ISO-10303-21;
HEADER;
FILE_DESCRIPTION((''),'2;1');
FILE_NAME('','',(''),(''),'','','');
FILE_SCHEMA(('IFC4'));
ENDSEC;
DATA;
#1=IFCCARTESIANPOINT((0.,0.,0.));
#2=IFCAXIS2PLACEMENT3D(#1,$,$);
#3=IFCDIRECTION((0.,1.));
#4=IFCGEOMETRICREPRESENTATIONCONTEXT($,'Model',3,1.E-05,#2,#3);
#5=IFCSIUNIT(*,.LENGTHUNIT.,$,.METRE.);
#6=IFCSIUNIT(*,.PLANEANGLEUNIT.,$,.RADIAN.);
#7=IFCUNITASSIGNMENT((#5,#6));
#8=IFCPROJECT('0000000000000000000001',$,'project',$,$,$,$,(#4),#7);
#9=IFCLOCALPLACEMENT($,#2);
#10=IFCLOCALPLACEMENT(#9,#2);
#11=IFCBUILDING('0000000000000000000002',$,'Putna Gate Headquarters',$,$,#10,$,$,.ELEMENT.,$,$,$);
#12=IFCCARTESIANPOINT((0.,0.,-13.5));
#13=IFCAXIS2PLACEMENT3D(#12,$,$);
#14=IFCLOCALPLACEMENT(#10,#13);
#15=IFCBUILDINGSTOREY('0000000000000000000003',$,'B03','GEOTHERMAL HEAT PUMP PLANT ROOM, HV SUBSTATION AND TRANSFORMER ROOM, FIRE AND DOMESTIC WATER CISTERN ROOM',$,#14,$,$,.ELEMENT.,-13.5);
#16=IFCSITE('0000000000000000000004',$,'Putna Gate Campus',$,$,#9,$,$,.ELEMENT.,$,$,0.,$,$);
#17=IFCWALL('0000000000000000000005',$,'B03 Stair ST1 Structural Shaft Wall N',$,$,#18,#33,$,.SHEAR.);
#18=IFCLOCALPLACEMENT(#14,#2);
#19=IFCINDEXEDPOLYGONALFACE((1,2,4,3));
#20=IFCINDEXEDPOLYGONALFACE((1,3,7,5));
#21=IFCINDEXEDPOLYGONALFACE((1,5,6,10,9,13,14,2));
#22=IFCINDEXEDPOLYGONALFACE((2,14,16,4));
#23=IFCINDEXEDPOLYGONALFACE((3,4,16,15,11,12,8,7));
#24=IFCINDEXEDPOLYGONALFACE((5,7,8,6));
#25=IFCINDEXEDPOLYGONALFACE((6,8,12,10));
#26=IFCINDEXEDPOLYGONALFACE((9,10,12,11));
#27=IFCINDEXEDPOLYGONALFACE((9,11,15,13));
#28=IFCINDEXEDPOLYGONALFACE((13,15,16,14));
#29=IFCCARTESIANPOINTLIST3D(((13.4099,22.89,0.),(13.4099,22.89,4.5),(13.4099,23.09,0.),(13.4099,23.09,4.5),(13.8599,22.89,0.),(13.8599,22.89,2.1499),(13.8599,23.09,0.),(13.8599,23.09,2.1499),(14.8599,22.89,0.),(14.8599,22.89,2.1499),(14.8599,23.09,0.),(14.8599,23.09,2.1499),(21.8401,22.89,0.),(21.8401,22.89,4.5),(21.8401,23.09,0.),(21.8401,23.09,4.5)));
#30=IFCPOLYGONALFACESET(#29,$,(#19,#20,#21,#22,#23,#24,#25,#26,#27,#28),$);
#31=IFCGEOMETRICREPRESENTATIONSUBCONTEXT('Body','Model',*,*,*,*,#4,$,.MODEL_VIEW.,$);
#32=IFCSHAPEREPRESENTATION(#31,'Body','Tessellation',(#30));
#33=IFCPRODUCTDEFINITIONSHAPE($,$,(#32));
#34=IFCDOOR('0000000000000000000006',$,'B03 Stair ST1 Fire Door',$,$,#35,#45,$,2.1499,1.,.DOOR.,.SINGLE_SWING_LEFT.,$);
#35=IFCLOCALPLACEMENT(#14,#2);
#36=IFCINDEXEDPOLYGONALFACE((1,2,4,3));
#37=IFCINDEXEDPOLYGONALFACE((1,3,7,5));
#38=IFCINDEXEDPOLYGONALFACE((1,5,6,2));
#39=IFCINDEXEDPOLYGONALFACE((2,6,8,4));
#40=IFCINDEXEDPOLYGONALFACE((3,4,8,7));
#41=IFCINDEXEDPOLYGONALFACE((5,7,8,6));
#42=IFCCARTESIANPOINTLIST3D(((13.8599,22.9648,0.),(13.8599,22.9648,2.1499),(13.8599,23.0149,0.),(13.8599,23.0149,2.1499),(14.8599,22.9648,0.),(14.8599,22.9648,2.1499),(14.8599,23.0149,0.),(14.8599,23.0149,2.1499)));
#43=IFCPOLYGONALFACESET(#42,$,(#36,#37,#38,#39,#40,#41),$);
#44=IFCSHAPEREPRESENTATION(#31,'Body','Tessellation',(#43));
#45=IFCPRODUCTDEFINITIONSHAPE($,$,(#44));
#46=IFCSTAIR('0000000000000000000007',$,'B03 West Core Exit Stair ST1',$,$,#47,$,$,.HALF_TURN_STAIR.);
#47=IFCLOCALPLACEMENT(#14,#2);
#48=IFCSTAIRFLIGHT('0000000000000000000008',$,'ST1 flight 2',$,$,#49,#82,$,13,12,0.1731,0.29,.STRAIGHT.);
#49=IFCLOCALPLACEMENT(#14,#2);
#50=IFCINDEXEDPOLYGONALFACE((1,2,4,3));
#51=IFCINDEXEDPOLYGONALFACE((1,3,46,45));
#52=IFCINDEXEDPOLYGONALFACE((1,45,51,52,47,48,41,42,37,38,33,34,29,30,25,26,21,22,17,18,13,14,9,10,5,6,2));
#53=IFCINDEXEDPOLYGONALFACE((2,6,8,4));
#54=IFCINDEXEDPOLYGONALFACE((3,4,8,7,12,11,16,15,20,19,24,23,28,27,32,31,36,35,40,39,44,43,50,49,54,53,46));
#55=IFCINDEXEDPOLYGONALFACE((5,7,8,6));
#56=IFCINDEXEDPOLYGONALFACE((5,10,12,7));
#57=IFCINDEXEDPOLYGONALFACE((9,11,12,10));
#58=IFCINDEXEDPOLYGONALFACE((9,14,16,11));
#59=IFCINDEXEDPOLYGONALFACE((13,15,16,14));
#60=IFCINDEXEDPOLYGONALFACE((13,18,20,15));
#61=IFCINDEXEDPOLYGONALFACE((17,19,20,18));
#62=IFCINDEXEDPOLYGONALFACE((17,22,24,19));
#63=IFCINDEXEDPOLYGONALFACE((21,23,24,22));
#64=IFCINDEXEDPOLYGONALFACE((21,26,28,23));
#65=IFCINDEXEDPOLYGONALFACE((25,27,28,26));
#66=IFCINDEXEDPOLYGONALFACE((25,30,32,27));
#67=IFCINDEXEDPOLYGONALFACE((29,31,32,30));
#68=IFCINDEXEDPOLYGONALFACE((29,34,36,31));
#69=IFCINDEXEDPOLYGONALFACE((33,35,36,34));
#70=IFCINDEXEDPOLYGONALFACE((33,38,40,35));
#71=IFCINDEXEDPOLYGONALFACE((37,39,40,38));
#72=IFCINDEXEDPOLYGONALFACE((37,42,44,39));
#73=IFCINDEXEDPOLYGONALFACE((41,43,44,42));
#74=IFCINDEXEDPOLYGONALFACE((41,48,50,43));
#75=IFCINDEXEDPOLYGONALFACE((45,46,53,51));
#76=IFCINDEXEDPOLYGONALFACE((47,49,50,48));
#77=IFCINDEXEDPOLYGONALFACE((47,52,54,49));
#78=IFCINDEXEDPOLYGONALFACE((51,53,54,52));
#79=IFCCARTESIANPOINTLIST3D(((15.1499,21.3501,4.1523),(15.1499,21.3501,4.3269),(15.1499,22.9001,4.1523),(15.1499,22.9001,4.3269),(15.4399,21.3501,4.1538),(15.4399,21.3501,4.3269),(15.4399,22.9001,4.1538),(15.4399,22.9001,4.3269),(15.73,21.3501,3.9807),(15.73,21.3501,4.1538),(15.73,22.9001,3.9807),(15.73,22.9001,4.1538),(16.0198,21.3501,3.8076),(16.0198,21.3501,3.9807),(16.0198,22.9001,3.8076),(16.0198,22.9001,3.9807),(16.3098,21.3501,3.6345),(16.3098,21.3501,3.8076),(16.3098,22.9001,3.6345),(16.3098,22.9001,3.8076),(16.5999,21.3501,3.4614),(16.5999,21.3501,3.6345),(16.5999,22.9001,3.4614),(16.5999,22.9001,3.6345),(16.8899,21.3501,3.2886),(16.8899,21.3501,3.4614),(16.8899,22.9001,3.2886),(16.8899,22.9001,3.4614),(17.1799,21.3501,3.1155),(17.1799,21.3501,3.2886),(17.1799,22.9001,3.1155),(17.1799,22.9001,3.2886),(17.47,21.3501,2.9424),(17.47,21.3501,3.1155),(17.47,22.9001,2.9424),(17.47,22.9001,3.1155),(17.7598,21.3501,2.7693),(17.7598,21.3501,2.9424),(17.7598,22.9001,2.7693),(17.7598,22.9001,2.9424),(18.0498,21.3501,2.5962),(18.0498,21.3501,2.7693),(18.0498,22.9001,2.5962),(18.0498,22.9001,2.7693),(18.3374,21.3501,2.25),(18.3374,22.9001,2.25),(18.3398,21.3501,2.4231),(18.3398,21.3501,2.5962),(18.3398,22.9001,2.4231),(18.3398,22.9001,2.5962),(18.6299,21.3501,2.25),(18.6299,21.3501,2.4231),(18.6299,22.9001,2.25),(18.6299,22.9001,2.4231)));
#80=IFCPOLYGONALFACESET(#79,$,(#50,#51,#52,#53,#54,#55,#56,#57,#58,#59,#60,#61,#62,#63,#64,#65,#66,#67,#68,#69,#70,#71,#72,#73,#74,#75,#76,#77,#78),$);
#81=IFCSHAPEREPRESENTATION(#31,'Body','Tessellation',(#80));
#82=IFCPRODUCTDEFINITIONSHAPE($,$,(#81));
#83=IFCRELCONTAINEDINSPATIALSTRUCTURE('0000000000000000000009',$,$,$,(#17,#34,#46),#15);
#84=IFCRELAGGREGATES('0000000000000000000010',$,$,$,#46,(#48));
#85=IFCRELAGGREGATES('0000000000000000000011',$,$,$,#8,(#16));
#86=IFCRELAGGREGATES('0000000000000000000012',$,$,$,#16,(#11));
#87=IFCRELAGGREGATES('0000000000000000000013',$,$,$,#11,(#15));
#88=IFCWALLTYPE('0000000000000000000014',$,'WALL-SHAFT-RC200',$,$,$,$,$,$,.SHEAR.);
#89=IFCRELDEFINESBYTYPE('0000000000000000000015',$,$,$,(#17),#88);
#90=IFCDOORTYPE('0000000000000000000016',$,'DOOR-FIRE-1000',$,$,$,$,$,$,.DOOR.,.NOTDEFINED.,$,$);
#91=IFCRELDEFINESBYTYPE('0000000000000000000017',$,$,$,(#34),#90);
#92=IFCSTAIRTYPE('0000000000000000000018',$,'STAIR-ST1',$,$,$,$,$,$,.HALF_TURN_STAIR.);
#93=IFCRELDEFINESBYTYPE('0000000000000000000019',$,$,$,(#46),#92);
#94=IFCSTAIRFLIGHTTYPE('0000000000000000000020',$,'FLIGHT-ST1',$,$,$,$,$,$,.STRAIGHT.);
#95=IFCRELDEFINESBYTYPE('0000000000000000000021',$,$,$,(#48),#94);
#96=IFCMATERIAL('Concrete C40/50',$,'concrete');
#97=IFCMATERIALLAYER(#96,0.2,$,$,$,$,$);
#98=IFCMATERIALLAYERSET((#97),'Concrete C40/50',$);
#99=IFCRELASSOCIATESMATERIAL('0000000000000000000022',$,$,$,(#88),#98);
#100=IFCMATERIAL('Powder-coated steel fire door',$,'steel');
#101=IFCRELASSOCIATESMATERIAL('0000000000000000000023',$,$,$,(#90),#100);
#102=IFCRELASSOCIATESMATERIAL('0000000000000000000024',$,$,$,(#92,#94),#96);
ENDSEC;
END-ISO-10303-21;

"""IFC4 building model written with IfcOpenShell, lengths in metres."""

from ifc_helpers import new_model, si_unit, direction, frame, frame_2d, origin, place, context, subcontext, project, spatial, polyline, rectangle, outline, extrude, material, layer, layer_set, type_object, element, fill, aggregate, save


model = new_model("IFC4")

# Units and contexts
model_context = context("Model", 3, precision=1e-05, world=origin(), true_north=direction((0.0, 1.0)))
body_context = subcontext(model_context, "Body", "Model", "MODEL_VIEW")
ifc_project = project(units=[si_unit("LENGTHUNIT", "METRE"), si_unit("PLANEANGLEUNIT", "RADIAN")], contexts=[model_context])

# Site, building, storey
site_placement = place(None, origin())
site = spatial("IfcSite", under=ifc_project, at=site_placement, Name="Putna Gate Campus", CompositionType="ELEMENT", RefElevation=0.0)
building_placement = place(site_placement, origin())
building = spatial("IfcBuilding", under=site, at=building_placement, Name="Putna Gate Headquarters", CompositionType="ELEMENT")
storey_placement = place(building_placement, frame((0.0, 0.0, -13.5)))
storey = spatial("IfcBuildingStorey", under=building, at=storey_placement, Name="B03", Description="GEOTHERMAL HEAT PUMP PLANT ROOM, HV SUBSTATION AND TRANSFORMER ROOM, FIRE AND DOMESTIC WATER CISTERN ROOM", CompositionType="ELEMENT", Elevation=-13.5)

# Shared definitions
ifc_material_1 = material(Name="Concrete C40/50", Category="concrete")

# Wall, opening, door
ifc_layer_1 = layer(ifc_material_1, 0.2)
ifc_layer_set_1 = layer_set([ifc_layer_1], Name="Concrete C40/50")
wall_type_1 = type_object("IfcWallType", Name="WALL-SHAFT-RC200", PredefinedType="SHEAR", material=ifc_layer_set_1)
wall_1_placement = place(storey_placement, frame((13.4099, 22.99, 0.0), z_axis=(0.0, 0.0, 1.0), x_axis=(1.0, 0.0, 0.0)))
wall_1 = element("IfcWall", 1, at=wall_1_placement, inside=storey, type_object=wall_type_1, Name="B03 Stair ST1 Structural Shaft Wall N", PredefinedType="SHEAR", context=body_context, shape_type="SweptSolid", body=[
    extrude(rectangle(XDim=8.4302, YDim=0.2, at=frame_2d((4.2151, 0.0))), origin(), (0.0, 0.0, 1.0), 4.5),
])
opening_1_placement = place(wall_1_placement, frame((0.45, 0.0, 0.0)))
opening_1 = element("IfcOpeningElement", 2, at=opening_1_placement, cuts=wall_1, PredefinedType="OPENING", context=body_context, shape_type="SweptSolid", body=[
    extrude(rectangle(XDim=1.0, YDim=2.1499, at=frame_2d((0.5, 1.075))), frame((0.0, 0.1099, 0.0), z_axis=(0.0, -1.0, 0.0), x_axis=(1.0, 0.0, 0.0)), (0.0, 0.0, 1.0), 0.22),
])
ifc_material_2 = material(Name="Powder-coated steel fire door", Category="steel")
door_type_1 = type_object("IfcDoorType", Name="DOOR-FIRE-1000", OperationType="NOTDEFINED", PredefinedType="DOOR", material=ifc_material_2)
door_1_placement = place(opening_1_placement, origin())
door_1 = element("IfcDoor", 3, at=door_1_placement, inside=storey, type_object=door_type_1, Name="B03 Stair ST1 Fire Door", OperationType="SINGLE_SWING_LEFT", OverallHeight=2.1499, OverallWidth=1.0, PredefinedType="DOOR", context=body_context, shape_type="SweptSolid", body=[
    extrude(rectangle(XDim=1.0, YDim=2.1499, at=frame_2d((0.5, 1.075))), frame((0.0, 0.0249, 0.0), z_axis=(0.0, -1.0, 0.0), x_axis=(1.0, 0.0, 0.0)), (0.0, 0.0, 1.0), 0.05),
])
fill(opening_1, door_1)

# Stair, stair flight
stair_type = type_object("IfcStairType", Name="STAIR-ST1", PredefinedType="HALF_TURN_STAIR", material=ifc_material_1)
stair_placement = place(storey_placement, origin())
stair = element("IfcStair", 4, at=stair_placement, inside=storey, type_object=stair_type, Name="B03 West Core Exit Stair ST1", PredefinedType="HALF_TURN_STAIR")
stair_flight_type = type_object("IfcStairFlightType", Name="FLIGHT-ST1", PredefinedType="STRAIGHT", material=ifc_material_1)
stair_flight_placement = place(storey_placement, frame((18.6299, 22.125, 2.25), z_axis=(0.0, 0.0, 1.0), x_axis=(-1.0, 0.0, 0.0)))
stair_flight = element("IfcStairFlight", 5, at=stair_flight_placement, type_object=stair_flight_type, Name="ST1 flight 2", NumberOfRisers=13, NumberOfTreads=12, PredefinedType="STRAIGHT", RiserHeight=0.1731, TreadLength=0.29, context=body_context, shape_type="SweptSolid", body=[
    extrude(outline(polyline([(0.0, 0.0), (0.0, 0.1731), (0.29, 0.1731), (0.29, 0.3462), (0.5801, 0.3462), (0.5801, 0.5193), (0.8701, 0.5193), (0.8701, 0.6924), (1.1599, 0.6924), (1.1599, 0.8655), (1.45, 0.8655), (1.45, 1.0386), (1.74, 1.0386), (1.74, 1.2114), (2.03, 1.2114), (2.03, 1.3845), (2.3201, 1.3845), (2.3201, 1.5576), (2.6101, 1.5576), (2.6101, 1.7307), (2.8999, 1.7307), (2.8999, 1.9038), (3.1899, 1.9038), (3.1899, 2.0769), (3.48, 2.0769), (3.48, 2.25), (3.48, 1.9023), (0.2925, 0.0), (0.0, 0.0)])), frame((0.0, 0.7749, 0.0), z_axis=(0.0, -1.0, 0.0), x_axis=(1.0, 0.0, 0.0)), (0.0, 0.0, 1.0), 1.55),
])
aggregate(stair, [stair_flight])

save(model, "model.ifc")
